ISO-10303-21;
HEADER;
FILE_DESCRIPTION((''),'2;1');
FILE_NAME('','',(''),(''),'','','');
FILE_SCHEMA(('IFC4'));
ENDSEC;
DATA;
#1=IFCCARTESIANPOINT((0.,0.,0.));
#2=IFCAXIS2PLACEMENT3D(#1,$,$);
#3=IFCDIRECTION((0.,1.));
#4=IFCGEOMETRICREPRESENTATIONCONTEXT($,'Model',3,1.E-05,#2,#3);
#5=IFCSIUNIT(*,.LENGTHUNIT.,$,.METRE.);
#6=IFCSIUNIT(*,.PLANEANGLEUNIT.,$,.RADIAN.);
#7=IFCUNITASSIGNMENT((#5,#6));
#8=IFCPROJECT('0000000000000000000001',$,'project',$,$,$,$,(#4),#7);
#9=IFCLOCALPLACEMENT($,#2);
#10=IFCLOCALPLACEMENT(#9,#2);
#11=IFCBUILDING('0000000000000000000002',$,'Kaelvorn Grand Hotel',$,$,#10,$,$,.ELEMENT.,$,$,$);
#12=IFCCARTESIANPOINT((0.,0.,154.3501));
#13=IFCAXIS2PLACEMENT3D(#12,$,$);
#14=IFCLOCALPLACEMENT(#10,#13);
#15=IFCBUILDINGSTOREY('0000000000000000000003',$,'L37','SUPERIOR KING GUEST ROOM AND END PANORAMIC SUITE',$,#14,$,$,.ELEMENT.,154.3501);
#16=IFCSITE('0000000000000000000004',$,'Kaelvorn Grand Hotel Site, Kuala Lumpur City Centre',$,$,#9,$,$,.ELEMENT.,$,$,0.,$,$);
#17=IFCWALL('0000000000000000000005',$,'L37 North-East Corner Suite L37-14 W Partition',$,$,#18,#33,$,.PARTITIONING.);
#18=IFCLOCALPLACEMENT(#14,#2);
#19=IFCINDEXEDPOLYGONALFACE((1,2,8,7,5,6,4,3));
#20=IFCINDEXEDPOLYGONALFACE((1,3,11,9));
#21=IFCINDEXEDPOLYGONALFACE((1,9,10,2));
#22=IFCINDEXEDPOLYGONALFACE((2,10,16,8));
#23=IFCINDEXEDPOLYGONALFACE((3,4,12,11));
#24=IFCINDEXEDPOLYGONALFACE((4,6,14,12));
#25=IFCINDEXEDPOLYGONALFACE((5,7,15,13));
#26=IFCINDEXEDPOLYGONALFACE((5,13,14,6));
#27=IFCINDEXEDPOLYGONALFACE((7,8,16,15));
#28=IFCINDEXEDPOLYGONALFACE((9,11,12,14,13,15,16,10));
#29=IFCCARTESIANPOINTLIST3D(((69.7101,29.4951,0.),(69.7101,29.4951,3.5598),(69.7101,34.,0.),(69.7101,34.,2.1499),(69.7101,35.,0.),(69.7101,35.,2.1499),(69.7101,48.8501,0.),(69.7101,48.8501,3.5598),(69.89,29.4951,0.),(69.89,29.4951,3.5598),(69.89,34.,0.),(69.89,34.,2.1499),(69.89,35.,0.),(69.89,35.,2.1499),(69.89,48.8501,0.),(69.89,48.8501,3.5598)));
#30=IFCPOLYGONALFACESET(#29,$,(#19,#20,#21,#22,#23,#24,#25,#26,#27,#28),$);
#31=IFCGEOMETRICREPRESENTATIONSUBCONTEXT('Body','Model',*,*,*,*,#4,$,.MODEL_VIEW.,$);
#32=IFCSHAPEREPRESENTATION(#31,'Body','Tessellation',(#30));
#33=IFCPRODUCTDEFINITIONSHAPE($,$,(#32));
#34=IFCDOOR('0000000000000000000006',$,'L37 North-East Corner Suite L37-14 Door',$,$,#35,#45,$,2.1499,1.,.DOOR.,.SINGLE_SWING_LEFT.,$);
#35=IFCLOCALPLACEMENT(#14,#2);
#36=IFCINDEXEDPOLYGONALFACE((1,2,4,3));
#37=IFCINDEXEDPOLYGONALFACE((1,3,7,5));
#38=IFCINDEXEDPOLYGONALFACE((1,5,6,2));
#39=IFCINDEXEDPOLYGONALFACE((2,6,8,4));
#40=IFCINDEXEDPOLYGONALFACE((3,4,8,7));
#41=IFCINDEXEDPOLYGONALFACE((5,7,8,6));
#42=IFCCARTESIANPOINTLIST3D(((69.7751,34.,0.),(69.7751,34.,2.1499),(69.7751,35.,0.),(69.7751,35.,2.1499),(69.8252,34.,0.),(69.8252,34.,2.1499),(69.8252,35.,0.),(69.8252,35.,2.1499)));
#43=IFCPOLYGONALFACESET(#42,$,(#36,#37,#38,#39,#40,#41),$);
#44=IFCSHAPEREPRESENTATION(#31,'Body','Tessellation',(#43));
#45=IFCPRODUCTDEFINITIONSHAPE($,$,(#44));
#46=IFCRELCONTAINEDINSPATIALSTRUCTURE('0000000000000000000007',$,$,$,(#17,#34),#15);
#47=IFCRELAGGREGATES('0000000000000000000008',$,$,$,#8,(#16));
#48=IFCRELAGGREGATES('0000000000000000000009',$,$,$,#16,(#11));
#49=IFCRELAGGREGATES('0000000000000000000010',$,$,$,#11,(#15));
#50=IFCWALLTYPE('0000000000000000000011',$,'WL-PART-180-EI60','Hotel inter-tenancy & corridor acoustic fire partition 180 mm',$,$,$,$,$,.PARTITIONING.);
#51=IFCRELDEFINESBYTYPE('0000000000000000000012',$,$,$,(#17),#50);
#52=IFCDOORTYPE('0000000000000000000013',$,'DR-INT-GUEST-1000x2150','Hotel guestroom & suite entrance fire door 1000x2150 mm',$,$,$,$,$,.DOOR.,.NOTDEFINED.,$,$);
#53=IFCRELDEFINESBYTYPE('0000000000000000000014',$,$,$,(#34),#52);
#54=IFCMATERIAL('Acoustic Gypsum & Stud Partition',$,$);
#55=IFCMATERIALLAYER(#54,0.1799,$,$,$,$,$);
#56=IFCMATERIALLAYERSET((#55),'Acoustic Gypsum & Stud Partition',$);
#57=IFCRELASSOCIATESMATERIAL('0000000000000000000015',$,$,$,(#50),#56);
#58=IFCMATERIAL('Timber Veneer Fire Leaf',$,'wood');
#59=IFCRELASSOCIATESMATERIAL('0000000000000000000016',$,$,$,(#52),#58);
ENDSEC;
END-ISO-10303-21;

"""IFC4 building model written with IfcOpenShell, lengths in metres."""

from ifc_helpers import new_model, si_unit, direction, frame, frame_2d, origin, place, context, subcontext, project, spatial, rectangle, extrude, material, layer, layer_set, type_object, element, fill, save


model = new_model("IFC4")

# Units and contexts
model_context = context("Model", 3, precision=1e-05, world=origin(), true_north=direction((0.0, 1.0)))
body_context = subcontext(model_context, "Body", "Model", "MODEL_VIEW")
ifc_project = project(units=[si_unit("LENGTHUNIT", "METRE"), si_unit("PLANEANGLEUNIT", "RADIAN")], contexts=[model_context])

# Site, building, storey
site_placement = place(None, origin())
site = spatial("IfcSite", under=ifc_project, at=site_placement, Name="Kaelvorn Grand Hotel Site, Kuala Lumpur City Centre", CompositionType="ELEMENT", RefElevation=0.0)
building_placement = place(site_placement, origin())
building = spatial("IfcBuilding", under=site, at=building_placement, Name="Kaelvorn Grand Hotel", CompositionType="ELEMENT")
storey_placement = place(building_placement, frame((0.0, 0.0, 154.3501)))
storey = spatial("IfcBuildingStorey", under=building, at=storey_placement, Name="L37", Description="SUPERIOR KING GUEST ROOM AND END PANORAMIC SUITE", CompositionType="ELEMENT", Elevation=154.3501)

# Wall, opening, door
ifc_material_1 = material(Name="Acoustic Gypsum & Stud Partition")
ifc_layer_1 = layer(ifc_material_1, 0.1799)
ifc_layer_set_1 = layer_set([ifc_layer_1], Name="Acoustic Gypsum & Stud Partition")
wall_type = type_object("IfcWallType", Name="WL-PART-180-EI60", Description="Hotel inter-tenancy & corridor acoustic fire partition 180 mm", PredefinedType="PARTITIONING", material=ifc_layer_set_1)
wall_placement = place(storey_placement, frame((69.8, 29.4951, 0.0), z_axis=(0.0, 0.0, 1.0), x_axis=(0.0, 1.0, 0.0)))
wall = element("IfcWall", 1, at=wall_placement, inside=storey, type_object=wall_type, Name="L37 North-East Corner Suite L37-14 W Partition", PredefinedType="PARTITIONING", context=body_context, shape_type="SweptSolid", body=[
    extrude(rectangle(XDim=19.355, YDim=0.1799, at=frame_2d((9.6775, 0.0))), origin(), (0.0, 0.0, 1.0), 3.5598),
])
opening_placement = place(wall_placement, frame((4.5049, 0.0, 0.0)))
opening = element("IfcOpeningElement", 2, at=opening_placement, cuts=wall, PredefinedType="OPENING", context=body_context, shape_type="SweptSolid", body=[
    extrude(rectangle(XDim=1.0, YDim=2.1499, at=frame_2d((0.5, 1.075))), frame((0.0, 0.1001, 0.0), z_axis=(0.0, -1.0, 0.0), x_axis=(1.0, 0.0, 0.0)), (0.0, 0.0, 1.0), 0.2),
])
ifc_material_2 = material(Name="Timber Veneer Fire Leaf", Category="wood")
door_type = type_object("IfcDoorType", Name="DR-INT-GUEST-1000x2150", Description="Hotel guestroom & suite entrance fire door 1000x2150 mm", OperationType="NOTDEFINED", PredefinedType="DOOR", material=ifc_material_2)
door_placement = place(opening_placement, origin())
door = element("IfcDoor", 3, at=door_placement, inside=storey, type_object=door_type, Name="L37 North-East Corner Suite L37-14 Door", OperationType="SINGLE_SWING_LEFT", OverallHeight=2.1499, OverallWidth=1.0, PredefinedType="DOOR", context=body_context, shape_type="SweptSolid", body=[
    extrude(rectangle(XDim=1.0, YDim=2.1499, at=frame_2d((0.5, 1.075))), frame((0.0, 0.0249, 0.0), z_axis=(0.0, -1.0, 0.0), x_axis=(1.0, 0.0, 0.0)), (0.0, 0.0, 1.0), 0.05),
])
fill(opening, door)

save(model, "model.ifc")
